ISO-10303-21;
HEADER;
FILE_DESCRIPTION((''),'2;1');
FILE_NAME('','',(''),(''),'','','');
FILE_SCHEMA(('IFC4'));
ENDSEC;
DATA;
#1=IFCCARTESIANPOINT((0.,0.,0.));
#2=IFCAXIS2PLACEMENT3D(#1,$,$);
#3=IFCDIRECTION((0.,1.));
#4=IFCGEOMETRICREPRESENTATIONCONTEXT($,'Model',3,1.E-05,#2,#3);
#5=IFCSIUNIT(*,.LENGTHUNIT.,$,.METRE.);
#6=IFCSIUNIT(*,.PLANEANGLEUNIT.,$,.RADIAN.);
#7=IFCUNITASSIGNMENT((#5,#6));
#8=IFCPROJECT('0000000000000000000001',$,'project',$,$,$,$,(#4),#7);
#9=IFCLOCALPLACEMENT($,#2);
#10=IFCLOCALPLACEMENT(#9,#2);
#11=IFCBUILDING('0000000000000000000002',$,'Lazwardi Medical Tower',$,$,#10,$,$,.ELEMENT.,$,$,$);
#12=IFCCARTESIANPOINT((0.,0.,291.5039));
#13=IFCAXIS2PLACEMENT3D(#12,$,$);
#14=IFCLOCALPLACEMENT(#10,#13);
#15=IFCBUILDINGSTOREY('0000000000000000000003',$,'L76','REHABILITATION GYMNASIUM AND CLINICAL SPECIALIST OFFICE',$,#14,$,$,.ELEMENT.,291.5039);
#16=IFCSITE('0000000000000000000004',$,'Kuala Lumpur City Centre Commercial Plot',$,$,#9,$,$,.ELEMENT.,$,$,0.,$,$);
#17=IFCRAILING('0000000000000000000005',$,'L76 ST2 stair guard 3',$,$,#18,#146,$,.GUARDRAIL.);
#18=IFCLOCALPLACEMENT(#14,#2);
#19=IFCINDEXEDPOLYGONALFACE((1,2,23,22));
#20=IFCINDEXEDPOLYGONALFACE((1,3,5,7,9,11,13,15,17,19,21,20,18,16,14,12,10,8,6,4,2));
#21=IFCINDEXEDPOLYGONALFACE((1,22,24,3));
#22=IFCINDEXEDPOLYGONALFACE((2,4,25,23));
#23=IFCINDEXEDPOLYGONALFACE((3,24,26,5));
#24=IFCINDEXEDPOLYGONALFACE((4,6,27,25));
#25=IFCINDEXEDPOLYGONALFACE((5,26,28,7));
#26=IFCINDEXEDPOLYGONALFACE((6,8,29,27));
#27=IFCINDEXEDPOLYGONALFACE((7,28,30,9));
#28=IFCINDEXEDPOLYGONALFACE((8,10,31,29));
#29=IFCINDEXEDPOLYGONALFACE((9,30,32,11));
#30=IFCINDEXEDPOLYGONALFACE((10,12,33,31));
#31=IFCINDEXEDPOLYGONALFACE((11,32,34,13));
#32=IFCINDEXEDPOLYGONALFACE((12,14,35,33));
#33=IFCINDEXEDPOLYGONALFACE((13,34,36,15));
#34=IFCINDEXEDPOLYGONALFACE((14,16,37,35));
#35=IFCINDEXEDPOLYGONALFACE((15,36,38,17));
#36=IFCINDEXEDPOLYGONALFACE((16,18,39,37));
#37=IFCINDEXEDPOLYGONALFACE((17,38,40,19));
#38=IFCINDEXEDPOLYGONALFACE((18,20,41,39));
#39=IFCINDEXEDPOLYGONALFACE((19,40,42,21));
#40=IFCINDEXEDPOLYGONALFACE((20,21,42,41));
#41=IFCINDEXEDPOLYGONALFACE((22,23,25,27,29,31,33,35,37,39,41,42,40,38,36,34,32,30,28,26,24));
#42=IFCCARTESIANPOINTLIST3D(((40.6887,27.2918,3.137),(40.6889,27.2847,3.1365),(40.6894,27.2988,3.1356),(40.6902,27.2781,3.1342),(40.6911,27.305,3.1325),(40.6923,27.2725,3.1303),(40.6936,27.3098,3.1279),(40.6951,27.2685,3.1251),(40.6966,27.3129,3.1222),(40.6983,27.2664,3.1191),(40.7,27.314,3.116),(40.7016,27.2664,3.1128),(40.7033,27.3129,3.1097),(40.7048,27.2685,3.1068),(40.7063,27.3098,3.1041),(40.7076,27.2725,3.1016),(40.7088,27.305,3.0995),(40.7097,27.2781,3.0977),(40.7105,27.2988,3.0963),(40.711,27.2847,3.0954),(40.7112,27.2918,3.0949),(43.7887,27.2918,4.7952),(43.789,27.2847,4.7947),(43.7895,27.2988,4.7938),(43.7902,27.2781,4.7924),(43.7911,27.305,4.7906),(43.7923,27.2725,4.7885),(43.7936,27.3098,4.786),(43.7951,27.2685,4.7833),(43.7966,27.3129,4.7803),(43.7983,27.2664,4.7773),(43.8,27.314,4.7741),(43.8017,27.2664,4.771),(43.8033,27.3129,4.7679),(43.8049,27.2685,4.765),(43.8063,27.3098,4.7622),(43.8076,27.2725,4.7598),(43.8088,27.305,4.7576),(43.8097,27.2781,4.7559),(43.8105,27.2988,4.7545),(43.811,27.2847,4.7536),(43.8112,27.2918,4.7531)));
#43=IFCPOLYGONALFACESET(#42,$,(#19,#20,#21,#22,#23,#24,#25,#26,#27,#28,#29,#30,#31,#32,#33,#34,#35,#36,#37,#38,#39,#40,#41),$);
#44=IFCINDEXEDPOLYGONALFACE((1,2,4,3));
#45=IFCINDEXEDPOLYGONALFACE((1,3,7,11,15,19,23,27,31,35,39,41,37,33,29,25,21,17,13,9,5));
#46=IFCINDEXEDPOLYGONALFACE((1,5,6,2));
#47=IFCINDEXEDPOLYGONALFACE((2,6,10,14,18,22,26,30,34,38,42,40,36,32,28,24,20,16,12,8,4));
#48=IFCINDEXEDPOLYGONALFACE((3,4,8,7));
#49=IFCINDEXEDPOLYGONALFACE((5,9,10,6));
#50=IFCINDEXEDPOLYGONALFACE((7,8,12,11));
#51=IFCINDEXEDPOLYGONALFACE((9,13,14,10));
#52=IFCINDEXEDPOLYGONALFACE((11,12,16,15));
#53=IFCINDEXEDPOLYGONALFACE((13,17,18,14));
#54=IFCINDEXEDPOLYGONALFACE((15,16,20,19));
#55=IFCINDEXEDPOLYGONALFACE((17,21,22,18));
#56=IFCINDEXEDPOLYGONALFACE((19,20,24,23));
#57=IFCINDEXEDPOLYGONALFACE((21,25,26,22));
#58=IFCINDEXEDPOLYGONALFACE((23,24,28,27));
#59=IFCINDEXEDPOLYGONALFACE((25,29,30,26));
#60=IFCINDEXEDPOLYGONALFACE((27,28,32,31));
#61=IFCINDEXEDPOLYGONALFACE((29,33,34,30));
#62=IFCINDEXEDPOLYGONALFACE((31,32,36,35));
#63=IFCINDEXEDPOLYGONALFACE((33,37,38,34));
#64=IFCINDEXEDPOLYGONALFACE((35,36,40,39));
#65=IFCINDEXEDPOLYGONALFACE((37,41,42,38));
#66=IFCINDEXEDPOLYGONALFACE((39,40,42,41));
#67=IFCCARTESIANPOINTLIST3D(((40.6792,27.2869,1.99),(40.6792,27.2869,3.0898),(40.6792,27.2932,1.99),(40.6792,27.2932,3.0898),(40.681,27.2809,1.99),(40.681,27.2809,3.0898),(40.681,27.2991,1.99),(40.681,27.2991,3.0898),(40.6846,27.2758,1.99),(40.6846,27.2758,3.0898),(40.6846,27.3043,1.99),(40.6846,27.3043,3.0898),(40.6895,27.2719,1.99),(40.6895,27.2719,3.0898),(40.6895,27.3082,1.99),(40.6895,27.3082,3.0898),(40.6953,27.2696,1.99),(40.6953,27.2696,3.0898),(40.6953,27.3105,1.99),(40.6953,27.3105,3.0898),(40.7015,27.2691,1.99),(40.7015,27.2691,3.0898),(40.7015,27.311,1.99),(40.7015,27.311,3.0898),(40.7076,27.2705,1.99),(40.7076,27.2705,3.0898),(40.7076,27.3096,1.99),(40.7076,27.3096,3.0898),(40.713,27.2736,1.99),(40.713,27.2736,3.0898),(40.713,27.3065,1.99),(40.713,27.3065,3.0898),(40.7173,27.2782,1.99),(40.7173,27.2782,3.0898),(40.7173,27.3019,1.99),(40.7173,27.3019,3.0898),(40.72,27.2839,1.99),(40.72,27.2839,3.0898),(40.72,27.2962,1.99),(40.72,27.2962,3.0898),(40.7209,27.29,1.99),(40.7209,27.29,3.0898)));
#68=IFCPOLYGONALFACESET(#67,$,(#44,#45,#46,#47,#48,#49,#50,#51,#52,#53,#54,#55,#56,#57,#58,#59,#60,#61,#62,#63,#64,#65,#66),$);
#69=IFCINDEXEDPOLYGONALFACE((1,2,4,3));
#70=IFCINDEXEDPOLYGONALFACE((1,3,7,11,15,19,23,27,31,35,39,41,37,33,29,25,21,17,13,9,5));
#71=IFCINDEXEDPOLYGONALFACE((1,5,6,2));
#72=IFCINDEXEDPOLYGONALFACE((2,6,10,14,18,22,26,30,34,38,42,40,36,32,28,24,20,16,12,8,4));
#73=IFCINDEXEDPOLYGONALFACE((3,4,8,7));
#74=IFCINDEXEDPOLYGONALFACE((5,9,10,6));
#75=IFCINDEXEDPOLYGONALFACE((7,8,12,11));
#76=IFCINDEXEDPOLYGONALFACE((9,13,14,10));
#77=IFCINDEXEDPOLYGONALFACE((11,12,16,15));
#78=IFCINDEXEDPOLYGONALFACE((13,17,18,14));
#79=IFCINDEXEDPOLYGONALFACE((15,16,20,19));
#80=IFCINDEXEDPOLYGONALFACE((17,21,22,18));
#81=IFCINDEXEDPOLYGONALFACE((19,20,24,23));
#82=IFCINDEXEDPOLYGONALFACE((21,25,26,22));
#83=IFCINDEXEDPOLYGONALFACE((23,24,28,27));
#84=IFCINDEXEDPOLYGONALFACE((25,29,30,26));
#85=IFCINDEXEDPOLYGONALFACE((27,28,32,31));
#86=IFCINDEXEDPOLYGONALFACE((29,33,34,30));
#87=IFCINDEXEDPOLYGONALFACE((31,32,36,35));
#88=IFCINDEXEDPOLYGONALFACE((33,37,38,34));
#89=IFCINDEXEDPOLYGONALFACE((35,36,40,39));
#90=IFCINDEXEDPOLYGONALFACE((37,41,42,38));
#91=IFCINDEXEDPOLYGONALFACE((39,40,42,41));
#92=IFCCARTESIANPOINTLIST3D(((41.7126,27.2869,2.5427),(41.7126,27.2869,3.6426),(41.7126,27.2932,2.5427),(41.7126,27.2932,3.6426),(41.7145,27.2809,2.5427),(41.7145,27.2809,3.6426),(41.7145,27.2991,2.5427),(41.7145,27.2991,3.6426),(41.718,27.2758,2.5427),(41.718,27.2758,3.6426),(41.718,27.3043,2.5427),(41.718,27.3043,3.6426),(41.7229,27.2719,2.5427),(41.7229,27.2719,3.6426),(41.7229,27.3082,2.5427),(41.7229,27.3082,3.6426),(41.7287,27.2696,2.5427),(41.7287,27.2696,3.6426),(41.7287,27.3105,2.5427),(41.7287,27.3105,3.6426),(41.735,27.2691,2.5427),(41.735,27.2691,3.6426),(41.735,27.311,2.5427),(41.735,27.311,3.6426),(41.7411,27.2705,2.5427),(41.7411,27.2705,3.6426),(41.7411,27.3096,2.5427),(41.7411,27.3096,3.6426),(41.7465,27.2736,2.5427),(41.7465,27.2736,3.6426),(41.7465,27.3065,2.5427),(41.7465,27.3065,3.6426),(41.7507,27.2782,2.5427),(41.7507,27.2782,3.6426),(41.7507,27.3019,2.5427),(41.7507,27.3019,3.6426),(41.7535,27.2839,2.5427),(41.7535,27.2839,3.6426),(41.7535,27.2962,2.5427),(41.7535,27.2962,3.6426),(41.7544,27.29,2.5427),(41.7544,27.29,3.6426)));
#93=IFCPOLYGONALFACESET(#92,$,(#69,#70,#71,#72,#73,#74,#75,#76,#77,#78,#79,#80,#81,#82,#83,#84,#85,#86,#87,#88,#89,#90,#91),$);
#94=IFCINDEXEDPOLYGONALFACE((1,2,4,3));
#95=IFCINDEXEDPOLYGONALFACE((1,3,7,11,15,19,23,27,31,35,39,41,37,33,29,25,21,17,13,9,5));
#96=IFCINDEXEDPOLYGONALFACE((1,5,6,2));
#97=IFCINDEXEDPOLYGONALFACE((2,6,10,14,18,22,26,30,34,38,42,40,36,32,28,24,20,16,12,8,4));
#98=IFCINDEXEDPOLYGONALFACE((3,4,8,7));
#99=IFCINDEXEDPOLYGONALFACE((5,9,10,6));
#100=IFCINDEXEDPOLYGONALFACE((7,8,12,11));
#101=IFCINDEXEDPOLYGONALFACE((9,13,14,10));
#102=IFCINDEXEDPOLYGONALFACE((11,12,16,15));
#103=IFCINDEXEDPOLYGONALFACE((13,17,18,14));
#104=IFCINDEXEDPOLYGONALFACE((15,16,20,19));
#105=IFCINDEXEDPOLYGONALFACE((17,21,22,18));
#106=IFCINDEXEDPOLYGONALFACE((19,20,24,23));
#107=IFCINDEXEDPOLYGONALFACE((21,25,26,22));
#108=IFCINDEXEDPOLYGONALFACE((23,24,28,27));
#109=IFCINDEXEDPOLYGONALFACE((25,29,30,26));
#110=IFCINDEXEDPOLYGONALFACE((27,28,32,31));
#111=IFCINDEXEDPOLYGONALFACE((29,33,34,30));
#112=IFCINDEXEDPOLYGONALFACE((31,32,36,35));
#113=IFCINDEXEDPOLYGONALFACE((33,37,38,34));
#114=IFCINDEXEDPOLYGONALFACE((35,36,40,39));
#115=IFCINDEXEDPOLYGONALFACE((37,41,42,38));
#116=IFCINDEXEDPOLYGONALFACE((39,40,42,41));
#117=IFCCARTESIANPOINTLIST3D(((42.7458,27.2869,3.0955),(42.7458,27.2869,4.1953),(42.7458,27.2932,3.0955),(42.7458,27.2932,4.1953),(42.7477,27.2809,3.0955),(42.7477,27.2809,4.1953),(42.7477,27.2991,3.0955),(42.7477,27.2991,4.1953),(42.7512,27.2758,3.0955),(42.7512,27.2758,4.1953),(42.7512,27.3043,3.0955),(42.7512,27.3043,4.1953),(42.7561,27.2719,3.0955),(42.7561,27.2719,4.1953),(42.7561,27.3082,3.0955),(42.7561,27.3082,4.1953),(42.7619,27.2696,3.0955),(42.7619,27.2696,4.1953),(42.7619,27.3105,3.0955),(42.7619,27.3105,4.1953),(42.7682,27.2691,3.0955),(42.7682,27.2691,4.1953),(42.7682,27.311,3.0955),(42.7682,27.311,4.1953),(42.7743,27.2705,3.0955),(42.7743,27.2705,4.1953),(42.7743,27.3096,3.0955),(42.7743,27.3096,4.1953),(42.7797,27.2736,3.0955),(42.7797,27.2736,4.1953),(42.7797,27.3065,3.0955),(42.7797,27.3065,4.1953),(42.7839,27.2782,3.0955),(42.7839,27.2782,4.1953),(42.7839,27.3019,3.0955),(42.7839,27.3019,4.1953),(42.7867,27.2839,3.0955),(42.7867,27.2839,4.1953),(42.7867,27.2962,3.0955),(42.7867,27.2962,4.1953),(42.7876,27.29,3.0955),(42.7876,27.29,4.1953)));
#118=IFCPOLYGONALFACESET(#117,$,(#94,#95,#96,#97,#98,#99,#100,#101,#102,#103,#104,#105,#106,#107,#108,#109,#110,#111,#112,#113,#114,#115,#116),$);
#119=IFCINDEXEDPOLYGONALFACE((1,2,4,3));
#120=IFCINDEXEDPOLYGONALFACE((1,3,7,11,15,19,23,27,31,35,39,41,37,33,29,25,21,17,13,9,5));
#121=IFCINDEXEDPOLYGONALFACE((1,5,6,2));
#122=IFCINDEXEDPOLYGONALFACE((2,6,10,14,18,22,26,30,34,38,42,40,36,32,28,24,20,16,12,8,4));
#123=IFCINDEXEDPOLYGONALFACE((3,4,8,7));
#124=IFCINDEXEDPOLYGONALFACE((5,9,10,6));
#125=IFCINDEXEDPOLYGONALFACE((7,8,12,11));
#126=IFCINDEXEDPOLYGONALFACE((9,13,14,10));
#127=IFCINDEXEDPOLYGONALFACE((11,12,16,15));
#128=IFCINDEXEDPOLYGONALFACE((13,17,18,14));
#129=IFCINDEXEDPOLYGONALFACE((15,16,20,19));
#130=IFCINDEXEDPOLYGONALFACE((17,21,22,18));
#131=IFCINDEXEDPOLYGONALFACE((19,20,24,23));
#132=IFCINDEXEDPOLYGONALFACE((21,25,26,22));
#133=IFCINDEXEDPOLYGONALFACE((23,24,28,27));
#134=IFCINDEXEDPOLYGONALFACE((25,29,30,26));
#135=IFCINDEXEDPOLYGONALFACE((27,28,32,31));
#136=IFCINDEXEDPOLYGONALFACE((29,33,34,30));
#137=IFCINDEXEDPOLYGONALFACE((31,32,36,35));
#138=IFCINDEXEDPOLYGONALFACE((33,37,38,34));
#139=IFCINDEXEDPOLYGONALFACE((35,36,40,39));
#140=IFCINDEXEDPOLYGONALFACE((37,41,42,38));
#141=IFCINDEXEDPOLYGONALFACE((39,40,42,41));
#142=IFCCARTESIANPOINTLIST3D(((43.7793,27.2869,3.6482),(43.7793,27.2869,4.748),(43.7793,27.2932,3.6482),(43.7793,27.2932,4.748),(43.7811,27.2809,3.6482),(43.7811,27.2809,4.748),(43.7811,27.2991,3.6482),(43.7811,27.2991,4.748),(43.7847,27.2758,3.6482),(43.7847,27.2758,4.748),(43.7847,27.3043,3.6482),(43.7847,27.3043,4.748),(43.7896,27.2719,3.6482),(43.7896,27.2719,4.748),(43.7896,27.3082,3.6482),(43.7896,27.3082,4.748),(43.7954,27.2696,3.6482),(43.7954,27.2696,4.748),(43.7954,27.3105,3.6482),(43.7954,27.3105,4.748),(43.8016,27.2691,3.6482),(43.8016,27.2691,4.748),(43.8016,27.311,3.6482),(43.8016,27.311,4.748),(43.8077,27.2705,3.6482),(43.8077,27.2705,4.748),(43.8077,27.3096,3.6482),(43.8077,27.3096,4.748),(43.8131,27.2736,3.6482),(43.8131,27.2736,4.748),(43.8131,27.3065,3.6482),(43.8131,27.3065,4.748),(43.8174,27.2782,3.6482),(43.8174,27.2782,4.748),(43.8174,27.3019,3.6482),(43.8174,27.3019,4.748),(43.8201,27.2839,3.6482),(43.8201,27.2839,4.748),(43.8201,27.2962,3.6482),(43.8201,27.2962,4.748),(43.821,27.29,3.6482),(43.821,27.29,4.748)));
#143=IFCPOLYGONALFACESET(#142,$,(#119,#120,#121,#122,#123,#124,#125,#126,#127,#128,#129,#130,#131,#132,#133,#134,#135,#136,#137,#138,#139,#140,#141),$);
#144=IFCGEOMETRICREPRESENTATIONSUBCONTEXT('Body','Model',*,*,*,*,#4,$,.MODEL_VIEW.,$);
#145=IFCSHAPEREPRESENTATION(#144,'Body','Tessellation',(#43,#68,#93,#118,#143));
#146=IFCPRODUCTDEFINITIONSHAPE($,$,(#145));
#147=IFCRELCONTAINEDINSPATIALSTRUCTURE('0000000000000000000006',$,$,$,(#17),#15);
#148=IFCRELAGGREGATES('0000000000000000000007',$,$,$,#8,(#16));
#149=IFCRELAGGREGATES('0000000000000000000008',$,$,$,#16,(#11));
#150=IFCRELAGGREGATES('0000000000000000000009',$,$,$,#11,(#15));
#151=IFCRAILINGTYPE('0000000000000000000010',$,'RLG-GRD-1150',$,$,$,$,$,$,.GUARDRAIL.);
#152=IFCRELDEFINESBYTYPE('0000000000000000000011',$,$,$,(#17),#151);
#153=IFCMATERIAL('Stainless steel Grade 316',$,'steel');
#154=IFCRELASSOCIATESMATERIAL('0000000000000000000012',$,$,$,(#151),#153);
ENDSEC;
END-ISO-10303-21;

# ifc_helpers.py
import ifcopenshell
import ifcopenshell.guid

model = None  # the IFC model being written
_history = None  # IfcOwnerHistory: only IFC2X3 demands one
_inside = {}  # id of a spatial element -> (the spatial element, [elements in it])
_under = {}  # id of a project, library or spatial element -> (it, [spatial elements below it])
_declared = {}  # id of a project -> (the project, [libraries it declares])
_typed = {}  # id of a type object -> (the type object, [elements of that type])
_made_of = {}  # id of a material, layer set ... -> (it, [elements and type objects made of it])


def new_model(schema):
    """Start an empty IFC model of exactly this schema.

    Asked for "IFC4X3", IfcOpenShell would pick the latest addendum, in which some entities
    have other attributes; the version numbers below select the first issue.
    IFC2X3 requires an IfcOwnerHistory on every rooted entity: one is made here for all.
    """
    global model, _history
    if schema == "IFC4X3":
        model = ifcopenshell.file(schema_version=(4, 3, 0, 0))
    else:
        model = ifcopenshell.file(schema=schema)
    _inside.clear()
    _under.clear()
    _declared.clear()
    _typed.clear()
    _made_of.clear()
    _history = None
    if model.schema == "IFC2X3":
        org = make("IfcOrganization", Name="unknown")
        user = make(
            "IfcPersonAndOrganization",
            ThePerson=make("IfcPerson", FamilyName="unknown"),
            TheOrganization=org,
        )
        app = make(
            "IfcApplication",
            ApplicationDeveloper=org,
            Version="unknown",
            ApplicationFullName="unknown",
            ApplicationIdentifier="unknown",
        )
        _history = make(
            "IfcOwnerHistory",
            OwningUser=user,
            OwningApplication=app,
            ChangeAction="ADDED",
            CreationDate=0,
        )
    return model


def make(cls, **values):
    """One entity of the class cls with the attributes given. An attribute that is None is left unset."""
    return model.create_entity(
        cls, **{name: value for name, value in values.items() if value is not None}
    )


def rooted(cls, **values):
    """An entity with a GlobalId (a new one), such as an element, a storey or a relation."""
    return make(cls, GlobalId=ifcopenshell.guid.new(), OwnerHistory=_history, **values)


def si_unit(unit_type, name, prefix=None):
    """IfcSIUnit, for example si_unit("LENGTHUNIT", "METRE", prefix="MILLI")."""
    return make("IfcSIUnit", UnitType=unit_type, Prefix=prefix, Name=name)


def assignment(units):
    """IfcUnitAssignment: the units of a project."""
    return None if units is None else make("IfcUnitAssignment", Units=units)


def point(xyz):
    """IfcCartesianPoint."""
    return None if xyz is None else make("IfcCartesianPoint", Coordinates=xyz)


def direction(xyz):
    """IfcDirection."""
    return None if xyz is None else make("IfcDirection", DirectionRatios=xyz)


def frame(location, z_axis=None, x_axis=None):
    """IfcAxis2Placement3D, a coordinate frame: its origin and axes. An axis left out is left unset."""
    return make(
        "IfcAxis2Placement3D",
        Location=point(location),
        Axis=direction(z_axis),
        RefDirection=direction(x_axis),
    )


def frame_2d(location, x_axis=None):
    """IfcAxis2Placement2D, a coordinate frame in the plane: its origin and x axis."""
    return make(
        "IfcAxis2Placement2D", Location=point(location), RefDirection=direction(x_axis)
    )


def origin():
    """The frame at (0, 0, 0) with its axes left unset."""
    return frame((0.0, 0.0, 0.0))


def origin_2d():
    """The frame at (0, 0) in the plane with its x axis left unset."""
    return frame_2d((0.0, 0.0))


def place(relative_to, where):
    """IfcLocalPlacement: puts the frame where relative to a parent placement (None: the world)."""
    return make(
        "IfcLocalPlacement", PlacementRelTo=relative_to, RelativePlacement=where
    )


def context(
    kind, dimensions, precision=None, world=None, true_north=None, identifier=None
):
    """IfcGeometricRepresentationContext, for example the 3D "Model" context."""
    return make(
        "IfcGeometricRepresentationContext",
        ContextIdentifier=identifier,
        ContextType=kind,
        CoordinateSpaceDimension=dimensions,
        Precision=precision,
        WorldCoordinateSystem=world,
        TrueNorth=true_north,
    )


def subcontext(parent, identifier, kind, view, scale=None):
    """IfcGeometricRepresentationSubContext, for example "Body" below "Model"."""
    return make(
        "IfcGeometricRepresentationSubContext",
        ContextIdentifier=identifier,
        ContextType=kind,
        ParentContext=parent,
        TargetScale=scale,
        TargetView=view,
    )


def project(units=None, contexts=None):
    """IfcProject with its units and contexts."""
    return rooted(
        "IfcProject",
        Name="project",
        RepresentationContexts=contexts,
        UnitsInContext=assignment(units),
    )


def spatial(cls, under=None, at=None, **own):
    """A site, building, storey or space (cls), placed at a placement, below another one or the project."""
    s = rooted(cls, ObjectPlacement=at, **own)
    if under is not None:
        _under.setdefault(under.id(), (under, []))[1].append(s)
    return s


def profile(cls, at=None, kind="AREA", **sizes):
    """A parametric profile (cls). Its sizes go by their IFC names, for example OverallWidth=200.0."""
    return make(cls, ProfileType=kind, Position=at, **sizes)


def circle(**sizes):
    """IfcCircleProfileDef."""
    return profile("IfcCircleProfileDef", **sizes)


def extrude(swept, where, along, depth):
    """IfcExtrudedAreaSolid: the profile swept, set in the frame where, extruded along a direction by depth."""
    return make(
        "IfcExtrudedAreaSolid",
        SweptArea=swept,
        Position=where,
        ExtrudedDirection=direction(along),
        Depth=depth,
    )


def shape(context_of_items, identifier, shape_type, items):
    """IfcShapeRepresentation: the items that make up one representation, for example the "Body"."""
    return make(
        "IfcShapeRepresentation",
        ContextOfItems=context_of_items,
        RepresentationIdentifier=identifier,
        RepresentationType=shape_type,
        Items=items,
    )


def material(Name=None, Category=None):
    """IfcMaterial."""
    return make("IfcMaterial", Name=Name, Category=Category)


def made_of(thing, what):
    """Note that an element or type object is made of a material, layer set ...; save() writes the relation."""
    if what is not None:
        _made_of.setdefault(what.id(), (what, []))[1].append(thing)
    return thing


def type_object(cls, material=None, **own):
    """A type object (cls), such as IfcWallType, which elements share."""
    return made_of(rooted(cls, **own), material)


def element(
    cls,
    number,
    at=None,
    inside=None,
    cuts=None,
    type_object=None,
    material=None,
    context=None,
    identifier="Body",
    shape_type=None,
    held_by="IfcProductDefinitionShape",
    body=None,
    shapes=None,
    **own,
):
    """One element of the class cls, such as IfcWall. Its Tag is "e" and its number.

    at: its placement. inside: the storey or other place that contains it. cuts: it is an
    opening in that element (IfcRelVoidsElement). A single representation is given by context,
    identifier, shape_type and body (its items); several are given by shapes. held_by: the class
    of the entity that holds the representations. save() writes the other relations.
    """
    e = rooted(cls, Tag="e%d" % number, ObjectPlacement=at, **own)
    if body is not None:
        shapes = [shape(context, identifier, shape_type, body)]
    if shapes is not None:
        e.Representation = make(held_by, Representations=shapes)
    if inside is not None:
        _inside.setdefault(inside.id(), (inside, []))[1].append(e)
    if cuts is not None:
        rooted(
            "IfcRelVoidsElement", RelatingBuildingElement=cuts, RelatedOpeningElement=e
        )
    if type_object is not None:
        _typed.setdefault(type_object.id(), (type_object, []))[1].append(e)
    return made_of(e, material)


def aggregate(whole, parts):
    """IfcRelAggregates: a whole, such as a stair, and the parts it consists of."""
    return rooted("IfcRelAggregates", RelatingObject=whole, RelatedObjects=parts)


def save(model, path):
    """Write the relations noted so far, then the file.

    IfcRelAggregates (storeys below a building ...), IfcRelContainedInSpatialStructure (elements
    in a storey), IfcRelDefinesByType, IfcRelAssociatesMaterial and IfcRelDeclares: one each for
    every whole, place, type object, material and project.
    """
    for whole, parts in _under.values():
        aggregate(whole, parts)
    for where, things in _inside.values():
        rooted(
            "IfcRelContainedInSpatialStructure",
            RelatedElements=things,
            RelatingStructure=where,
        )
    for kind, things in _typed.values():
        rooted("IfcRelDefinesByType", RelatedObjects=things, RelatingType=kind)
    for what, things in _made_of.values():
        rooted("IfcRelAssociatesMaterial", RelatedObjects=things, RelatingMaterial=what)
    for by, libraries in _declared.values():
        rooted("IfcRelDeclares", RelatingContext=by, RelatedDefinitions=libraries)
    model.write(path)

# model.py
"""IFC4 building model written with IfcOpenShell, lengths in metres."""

from ifc_helpers import new_model, si_unit, direction, frame, origin, origin_2d, place, context, subcontext, project, spatial, circle, extrude, material, type_object, element, save


model = new_model("IFC4")

# Units and contexts
model_context = context("Model", 3, precision=1e-05, world=origin(), true_north=direction((0.0, 1.0)))
body_context = subcontext(model_context, "Body", "Model", "MODEL_VIEW")
ifc_project = project(units=[si_unit("LENGTHUNIT", "METRE"), si_unit("PLANEANGLEUNIT", "RADIAN")], contexts=[model_context])

# Site, building, storey
site_placement = place(None, origin())
site = spatial("IfcSite", under=ifc_project, at=site_placement, Name="Kuala Lumpur City Centre Commercial Plot", CompositionType="ELEMENT", RefElevation=0.0)
building_placement = place(site_placement, origin())
building = spatial("IfcBuilding", under=site, at=building_placement, Name="Lazwardi Medical Tower", CompositionType="ELEMENT")
storey_placement = place(building_placement, frame((0.0, 0.0, 291.5039)))
storey = spatial("IfcBuildingStorey", under=building, at=storey_placement, Name="L76", Description="REHABILITATION GYMNASIUM AND CLINICAL SPECIALIST OFFICE", CompositionType="ELEMENT", Elevation=291.5039)

# Railing
ifc_material_1 = material(Name="Stainless steel Grade 316", Category="steel")
railing_type_1 = type_object("IfcRailingType", Name="RLG-GRD-1150", PredefinedType="GUARDRAIL", material=ifc_material_1)
railing_1_placement = place(storey_placement, frame((40.7, 27.29, 1.99)))
element("IfcRailing", 1, at=railing_1_placement, inside=storey, type_object=railing_type_1, Name="L76 ST2 stair guard 3", PredefinedType="GUARDRAIL", context=body_context, shape_type="SweptSolid", body=[
    extrude(circle(Radius=0.0239, at=origin_2d()), frame((0.0, 0.0, 1.126), z_axis=(0.881783, 0.0, 0.471655), x_axis=(0.0, 1.0, 0.0)), (0.0, 0.0, 1.0), 3.5156),
    extrude(circle(Radius=0.021, at=origin_2d()), origin(), (0.0, 0.0, 1.0), 1.0999),
    extrude(circle(Radius=0.021, at=origin_2d()), frame((1.0334, 0.0, 0.5527)), (0.0, 0.0, 1.0), 1.0999),
    extrude(circle(Radius=0.021, at=origin_2d()), frame((2.0667, 0.0, 1.1055)), (0.0, 0.0, 1.0), 1.0999),
    extrude(circle(Radius=0.021, at=origin_2d()), frame((3.1001, 0.0, 1.6582)), (0.0, 0.0, 1.0), 1.0999),
])

save(model, "model.ifc")
